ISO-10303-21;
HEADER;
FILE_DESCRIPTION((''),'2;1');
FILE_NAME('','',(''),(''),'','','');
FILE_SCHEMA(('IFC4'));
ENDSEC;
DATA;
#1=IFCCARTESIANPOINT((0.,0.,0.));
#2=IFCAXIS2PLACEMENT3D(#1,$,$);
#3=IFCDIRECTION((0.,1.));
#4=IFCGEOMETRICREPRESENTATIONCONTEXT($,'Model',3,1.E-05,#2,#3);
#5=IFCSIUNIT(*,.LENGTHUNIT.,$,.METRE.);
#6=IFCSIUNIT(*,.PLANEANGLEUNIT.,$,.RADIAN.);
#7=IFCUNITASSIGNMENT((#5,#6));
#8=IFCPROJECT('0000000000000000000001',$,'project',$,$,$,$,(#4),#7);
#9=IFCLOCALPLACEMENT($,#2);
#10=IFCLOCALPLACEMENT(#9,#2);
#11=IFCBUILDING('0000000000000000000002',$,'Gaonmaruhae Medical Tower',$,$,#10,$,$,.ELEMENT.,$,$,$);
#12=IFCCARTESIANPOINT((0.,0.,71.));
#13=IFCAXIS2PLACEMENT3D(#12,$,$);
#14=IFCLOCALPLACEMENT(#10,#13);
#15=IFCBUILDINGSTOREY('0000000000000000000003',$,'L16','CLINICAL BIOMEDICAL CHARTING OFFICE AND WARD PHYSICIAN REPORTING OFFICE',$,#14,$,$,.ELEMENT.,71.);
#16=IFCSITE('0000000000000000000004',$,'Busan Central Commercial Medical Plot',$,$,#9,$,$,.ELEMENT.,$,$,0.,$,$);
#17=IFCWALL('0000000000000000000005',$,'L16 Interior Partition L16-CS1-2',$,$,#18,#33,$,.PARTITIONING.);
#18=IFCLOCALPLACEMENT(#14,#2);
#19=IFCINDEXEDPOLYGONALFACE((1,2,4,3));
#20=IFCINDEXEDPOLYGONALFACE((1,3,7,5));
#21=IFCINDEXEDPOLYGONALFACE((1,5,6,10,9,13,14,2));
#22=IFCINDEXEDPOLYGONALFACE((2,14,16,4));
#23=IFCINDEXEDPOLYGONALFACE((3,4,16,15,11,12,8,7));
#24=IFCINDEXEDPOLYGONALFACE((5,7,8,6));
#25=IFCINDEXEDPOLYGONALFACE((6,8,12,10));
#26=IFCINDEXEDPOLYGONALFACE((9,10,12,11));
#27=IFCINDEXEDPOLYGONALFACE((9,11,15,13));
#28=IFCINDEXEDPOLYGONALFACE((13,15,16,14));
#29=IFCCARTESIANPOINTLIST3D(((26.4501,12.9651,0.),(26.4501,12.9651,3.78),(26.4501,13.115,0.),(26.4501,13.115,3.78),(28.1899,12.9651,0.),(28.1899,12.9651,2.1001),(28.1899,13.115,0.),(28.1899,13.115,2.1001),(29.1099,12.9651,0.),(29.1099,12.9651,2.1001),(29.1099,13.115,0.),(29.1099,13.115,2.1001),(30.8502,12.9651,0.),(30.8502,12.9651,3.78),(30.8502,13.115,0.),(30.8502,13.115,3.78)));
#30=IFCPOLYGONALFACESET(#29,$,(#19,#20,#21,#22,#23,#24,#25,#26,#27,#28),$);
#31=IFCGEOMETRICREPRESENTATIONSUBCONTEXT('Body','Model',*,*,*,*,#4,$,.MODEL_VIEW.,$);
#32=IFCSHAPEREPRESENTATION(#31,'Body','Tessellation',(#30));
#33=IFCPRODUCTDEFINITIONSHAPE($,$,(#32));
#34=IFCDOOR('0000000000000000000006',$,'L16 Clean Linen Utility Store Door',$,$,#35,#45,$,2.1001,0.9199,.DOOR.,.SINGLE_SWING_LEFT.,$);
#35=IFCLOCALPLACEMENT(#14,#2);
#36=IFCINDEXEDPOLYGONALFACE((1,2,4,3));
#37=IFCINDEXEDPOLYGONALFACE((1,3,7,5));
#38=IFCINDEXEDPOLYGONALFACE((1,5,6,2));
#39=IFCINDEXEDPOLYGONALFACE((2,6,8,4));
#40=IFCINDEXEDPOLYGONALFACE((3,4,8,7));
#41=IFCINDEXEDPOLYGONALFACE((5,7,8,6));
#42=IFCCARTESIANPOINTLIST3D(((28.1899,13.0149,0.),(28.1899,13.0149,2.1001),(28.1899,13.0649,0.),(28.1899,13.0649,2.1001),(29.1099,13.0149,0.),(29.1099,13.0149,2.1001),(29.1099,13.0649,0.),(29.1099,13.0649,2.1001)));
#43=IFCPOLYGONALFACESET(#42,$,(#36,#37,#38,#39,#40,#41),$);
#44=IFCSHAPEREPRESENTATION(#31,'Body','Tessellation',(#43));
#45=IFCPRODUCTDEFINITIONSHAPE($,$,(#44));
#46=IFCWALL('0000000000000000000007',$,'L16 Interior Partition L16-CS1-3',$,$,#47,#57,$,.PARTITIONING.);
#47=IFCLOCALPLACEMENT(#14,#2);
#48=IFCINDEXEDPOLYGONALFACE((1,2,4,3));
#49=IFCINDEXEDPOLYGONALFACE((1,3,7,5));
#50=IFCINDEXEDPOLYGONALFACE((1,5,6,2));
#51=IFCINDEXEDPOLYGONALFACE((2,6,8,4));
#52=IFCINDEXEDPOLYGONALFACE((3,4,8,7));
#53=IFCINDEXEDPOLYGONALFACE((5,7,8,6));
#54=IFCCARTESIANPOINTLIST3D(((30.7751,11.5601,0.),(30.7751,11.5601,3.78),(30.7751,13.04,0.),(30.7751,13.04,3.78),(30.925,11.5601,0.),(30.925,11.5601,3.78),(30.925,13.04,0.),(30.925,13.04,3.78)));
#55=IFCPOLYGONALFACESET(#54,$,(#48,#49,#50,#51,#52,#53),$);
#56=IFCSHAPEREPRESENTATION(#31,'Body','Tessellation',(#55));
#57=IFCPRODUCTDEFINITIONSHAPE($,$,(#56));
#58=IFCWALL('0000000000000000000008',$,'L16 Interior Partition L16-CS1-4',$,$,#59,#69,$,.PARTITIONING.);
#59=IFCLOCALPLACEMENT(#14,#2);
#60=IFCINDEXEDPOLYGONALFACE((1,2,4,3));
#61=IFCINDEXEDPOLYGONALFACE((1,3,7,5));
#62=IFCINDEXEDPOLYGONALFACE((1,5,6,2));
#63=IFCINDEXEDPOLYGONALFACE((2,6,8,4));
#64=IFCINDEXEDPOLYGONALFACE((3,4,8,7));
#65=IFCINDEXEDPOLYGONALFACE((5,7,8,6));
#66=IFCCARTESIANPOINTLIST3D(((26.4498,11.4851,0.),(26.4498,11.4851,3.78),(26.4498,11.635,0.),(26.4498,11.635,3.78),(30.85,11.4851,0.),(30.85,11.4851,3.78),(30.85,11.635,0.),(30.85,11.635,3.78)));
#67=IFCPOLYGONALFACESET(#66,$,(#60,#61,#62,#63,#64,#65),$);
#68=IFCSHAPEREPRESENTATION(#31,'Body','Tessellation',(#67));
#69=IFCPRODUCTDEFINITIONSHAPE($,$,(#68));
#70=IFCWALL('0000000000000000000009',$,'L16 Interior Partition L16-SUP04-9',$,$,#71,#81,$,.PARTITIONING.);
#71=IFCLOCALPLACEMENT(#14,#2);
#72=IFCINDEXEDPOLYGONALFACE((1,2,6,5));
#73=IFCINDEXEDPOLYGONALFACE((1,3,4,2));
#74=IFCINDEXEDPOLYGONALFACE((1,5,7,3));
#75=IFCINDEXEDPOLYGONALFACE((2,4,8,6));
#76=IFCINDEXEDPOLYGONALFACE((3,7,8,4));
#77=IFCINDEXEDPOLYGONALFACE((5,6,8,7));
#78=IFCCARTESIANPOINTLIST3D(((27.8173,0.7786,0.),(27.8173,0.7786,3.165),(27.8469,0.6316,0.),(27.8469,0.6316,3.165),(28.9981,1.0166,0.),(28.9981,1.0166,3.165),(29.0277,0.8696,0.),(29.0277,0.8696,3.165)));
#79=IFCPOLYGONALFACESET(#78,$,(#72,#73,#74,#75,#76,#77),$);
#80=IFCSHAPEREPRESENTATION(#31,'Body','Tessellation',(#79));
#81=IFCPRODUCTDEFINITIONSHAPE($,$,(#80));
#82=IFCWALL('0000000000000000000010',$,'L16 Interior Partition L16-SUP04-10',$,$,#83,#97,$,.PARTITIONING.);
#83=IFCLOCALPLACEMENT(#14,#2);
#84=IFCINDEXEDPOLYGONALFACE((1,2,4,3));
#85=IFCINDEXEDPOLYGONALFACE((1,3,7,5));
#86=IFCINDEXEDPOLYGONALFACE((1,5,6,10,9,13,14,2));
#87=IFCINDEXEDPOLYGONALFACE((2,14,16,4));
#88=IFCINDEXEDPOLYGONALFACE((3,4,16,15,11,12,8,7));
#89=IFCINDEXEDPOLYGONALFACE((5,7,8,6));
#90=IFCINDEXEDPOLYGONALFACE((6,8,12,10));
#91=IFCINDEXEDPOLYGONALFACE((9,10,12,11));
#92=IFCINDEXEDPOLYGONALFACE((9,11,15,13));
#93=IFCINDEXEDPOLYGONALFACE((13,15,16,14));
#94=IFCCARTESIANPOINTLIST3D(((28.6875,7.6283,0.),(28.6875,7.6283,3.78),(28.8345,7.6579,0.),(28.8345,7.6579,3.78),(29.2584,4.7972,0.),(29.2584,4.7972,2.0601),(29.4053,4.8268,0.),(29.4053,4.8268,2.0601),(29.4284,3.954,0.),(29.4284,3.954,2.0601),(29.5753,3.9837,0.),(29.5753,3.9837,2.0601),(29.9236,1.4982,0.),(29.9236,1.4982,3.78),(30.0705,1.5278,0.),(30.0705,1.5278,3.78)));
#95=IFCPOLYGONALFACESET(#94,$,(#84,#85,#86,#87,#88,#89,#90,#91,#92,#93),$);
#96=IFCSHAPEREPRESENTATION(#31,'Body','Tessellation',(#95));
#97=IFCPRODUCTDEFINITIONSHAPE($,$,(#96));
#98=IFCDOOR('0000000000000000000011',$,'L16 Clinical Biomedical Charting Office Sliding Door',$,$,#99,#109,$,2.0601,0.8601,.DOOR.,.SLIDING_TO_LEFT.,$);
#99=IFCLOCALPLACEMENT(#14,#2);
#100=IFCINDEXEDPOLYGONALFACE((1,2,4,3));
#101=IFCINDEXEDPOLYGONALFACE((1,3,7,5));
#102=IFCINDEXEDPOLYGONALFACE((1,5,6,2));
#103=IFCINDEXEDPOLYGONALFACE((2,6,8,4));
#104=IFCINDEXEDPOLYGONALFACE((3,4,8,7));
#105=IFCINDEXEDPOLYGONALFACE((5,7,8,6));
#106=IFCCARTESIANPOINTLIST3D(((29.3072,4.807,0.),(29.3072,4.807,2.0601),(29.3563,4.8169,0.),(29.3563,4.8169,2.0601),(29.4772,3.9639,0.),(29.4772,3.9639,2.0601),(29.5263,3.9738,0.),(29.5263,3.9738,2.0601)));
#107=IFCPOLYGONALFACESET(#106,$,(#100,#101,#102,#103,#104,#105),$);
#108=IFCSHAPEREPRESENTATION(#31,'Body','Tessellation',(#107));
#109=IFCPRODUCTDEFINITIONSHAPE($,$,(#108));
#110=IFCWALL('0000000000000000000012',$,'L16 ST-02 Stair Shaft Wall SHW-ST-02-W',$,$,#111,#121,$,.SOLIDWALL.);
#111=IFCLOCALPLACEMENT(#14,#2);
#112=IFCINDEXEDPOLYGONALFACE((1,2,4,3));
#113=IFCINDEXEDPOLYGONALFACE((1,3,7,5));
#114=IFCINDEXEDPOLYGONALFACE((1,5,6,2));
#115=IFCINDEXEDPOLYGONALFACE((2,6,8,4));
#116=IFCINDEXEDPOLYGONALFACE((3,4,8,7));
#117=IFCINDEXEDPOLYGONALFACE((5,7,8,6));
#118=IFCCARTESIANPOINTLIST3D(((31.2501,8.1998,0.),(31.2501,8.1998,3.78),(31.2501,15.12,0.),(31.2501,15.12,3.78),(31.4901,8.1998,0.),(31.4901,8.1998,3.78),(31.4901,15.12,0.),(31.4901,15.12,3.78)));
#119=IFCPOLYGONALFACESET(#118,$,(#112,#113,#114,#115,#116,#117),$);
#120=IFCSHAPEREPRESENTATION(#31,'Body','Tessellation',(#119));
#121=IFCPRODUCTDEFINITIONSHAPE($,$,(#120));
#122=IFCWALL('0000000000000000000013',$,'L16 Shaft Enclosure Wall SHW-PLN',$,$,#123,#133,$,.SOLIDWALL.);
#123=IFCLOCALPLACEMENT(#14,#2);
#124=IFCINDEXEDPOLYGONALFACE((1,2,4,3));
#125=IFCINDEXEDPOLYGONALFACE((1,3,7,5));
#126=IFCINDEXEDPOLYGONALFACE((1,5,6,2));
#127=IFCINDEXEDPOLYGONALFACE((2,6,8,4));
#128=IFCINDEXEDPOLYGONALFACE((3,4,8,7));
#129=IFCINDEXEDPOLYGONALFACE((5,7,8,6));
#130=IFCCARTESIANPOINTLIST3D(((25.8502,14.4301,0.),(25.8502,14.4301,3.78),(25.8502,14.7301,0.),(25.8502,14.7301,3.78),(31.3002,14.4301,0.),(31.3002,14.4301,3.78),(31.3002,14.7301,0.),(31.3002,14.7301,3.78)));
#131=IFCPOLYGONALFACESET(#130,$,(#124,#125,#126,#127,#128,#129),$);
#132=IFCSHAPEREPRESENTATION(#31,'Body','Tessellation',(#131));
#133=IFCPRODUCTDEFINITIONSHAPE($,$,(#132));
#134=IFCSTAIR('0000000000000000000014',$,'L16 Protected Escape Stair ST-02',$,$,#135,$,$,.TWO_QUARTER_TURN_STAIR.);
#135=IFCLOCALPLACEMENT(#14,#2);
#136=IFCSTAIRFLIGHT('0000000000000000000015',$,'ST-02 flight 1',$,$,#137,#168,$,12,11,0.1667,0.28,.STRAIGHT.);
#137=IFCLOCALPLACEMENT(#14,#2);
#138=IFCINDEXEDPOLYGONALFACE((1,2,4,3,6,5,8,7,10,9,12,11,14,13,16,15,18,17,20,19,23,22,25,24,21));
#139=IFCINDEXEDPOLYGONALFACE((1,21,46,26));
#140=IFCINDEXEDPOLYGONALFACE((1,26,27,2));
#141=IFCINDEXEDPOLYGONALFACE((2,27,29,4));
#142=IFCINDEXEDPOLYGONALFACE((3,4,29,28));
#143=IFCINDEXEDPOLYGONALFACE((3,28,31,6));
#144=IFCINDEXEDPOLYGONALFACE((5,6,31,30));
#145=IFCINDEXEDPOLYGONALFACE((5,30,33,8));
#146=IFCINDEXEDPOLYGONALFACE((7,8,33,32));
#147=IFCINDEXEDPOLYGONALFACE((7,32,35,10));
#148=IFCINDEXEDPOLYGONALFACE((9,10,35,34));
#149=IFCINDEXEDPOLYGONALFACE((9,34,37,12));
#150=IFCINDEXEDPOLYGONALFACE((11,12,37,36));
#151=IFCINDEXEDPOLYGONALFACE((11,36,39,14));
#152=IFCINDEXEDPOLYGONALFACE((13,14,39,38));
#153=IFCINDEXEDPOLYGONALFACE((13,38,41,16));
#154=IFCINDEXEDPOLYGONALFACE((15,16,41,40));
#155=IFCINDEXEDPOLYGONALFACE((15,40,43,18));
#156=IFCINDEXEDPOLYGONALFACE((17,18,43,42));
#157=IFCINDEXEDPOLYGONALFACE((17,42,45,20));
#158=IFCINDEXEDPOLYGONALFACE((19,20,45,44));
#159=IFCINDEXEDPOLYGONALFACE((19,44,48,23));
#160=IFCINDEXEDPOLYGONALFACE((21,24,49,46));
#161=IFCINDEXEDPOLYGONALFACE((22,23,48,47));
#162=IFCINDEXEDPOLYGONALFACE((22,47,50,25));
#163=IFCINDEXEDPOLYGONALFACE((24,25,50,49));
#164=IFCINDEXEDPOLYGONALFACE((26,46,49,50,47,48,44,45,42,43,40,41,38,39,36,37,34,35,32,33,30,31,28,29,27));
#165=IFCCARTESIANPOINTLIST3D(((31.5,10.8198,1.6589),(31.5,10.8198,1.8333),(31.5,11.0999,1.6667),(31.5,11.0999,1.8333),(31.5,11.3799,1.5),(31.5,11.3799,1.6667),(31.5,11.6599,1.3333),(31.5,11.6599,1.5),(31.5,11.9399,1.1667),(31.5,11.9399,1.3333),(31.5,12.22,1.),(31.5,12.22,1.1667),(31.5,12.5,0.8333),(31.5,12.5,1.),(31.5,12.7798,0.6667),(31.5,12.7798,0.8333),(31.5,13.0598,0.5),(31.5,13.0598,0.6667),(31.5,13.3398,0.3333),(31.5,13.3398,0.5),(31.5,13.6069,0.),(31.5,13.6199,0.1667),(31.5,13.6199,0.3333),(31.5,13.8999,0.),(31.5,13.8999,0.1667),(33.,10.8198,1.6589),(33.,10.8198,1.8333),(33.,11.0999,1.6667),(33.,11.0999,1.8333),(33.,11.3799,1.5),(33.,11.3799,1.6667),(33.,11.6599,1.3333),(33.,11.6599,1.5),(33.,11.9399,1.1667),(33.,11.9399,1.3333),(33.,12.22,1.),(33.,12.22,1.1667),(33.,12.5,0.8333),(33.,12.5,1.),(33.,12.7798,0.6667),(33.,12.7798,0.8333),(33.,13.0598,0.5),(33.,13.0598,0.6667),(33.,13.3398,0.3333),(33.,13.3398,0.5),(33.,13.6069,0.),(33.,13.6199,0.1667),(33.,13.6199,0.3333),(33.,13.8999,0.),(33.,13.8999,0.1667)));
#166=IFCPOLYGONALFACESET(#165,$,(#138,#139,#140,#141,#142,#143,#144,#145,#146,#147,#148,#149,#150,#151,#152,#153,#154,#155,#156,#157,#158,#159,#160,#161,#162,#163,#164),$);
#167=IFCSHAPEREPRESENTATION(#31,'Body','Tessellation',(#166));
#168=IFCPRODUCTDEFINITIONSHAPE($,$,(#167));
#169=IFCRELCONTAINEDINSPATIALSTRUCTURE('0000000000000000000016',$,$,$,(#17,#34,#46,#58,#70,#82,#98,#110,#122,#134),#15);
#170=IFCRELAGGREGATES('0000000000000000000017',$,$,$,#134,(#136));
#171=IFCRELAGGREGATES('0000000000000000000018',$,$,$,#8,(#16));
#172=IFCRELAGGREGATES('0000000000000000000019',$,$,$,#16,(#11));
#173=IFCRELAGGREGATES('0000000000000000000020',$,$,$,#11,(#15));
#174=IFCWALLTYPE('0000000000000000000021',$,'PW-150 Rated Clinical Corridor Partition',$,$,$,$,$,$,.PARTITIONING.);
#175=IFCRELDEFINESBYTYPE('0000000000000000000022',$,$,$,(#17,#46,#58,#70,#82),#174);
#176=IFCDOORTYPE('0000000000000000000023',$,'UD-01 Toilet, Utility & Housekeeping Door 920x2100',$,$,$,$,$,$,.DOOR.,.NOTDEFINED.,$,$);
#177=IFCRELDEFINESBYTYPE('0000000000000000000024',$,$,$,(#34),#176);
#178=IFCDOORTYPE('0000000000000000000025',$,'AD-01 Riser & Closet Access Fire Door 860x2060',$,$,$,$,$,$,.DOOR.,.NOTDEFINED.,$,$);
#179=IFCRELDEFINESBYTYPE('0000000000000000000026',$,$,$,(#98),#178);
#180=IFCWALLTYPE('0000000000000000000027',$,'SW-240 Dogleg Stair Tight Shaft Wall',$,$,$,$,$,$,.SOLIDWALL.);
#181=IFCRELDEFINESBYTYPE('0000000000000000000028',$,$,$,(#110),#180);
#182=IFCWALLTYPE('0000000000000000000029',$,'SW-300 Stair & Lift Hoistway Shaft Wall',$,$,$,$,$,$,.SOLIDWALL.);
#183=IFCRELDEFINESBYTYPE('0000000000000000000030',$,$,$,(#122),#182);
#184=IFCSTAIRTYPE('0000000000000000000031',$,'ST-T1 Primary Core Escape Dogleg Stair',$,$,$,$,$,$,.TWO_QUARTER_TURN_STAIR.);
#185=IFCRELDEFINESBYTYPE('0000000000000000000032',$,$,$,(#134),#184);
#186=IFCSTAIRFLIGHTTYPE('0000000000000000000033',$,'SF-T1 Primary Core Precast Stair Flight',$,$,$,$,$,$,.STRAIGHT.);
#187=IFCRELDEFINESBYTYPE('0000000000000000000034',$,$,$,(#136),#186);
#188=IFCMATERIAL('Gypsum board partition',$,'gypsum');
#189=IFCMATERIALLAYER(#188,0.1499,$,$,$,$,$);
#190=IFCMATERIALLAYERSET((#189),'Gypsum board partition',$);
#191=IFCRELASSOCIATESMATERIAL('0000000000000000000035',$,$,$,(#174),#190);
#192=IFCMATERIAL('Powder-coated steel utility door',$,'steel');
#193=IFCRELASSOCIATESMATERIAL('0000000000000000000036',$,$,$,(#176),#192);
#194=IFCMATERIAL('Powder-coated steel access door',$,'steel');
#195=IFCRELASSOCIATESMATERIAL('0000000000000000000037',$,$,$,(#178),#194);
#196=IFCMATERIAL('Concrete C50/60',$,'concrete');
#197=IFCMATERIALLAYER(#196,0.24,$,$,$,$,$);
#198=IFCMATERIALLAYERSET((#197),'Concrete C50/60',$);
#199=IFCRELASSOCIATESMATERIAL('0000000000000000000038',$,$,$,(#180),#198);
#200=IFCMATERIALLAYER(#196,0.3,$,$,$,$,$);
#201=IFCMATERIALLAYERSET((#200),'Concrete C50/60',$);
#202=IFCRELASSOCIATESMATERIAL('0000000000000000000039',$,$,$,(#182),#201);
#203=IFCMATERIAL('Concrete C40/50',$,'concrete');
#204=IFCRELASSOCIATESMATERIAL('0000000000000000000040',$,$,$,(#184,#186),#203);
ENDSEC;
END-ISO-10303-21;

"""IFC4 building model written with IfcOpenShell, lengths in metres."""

from ifc_helpers import new_model, si_unit, direction, frame, frame_2d, origin, place, context, subcontext, project, spatial, polyline, rectangle, outline, extrude, material, layer, layer_set, type_object, element, fill, aggregate, save


model = new_model("IFC4")

# Units and contexts
model_context = context("Model", 3, precision=1e-05, world=origin(), true_north=direction((0.0, 1.0)))
body_context = subcontext(model_context, "Body", "Model", "MODEL_VIEW")
ifc_project = project(units=[si_unit("LENGTHUNIT", "METRE"), si_unit("PLANEANGLEUNIT", "RADIAN")], contexts=[model_context])

# Site, building, storey
site_placement = place(None, origin())
site = spatial("IfcSite", under=ifc_project, at=site_placement, Name="Busan Central Commercial Medical Plot", CompositionType="ELEMENT", RefElevation=0.0)
building_placement = place(site_placement, origin())
building = spatial("IfcBuilding", under=site, at=building_placement, Name="Gaonmaruhae Medical Tower", CompositionType="ELEMENT")
storey_placement = place(building_placement, frame((0.0, 0.0, 71.0)))
storey = spatial("IfcBuildingStorey", under=building, at=storey_placement, Name="L16", Description="CLINICAL BIOMEDICAL CHARTING OFFICE AND WARD PHYSICIAN REPORTING OFFICE", CompositionType="ELEMENT", Elevation=71.0)

# Shared definitions
ifc_material_1 = material(Name="Gypsum board partition", Category="gypsum")
ifc_layer_1 = layer(ifc_material_1, 0.1499)
ifc_layer_set_1 = layer_set([ifc_layer_1], Name="Gypsum board partition")
wall_type_1 = type_object("IfcWallType", Name="PW-150 Rated Clinical Corridor Partition", PredefinedType="PARTITIONING", material=ifc_layer_set_1)

# Wall, opening, door
wall_1_placement = place(storey_placement, frame((26.45, 13.04, 0.0), z_axis=(0.0, 0.0, 1.0), x_axis=(1.0, 0.0, 0.0)))
wall_1 = element("IfcWall", 1, at=wall_1_placement, inside=storey, type_object=wall_type_1, Name="L16 Interior Partition L16-CS1-2", PredefinedType="PARTITIONING", context=body_context, shape_type="SweptSolid", body=[
    extrude(rectangle(XDim=4.4001, YDim=0.1499, at=frame_2d((2.2002, 0.0))), origin(), (0.0, 0.0, 1.0), 3.78),
])
opening_1_placement = place(wall_1_placement, frame((1.74, 0.0, 0.0)))
opening_1 = element("IfcOpeningElement", 2, at=opening_1_placement, cuts=wall_1, PredefinedType="OPENING", context=body_context, shape_type="SweptSolid", body=[
    extrude(rectangle(XDim=0.9199, YDim=2.1001, at=frame_2d((0.46, 1.05))), frame((0.0, 0.085, 0.0), z_axis=(0.0, -1.0, 0.0), x_axis=(1.0, 0.0, 0.0)), (0.0, 0.0, 1.0), 0.1699),
])
ifc_material_2 = material(Name="Powder-coated steel utility door", Category="steel")
door_type_1 = type_object("IfcDoorType", Name="UD-01 Toilet, Utility & Housekeeping Door 920x2100", OperationType="NOTDEFINED", PredefinedType="DOOR", material=ifc_material_2)
door_1_placement = place(opening_1_placement, origin())
door_1 = element("IfcDoor", 3, at=door_1_placement, inside=storey, type_object=door_type_1, Name="L16 Clean Linen Utility Store Door", OperationType="SINGLE_SWING_LEFT", OverallHeight=2.1001, OverallWidth=0.9199, PredefinedType="DOOR", context=body_context, shape_type="SweptSolid", body=[
    extrude(rectangle(XDim=0.9199, YDim=2.1001, at=frame_2d((0.46, 1.05))), frame((0.0, 0.0249, 0.0), z_axis=(0.0, -1.0, 0.0), x_axis=(1.0, 0.0, 0.0)), (0.0, 0.0, 1.0), 0.05),
])
fill(opening_1, door_1)

# Walls
wall_2_placement = place(storey_placement, frame((30.8501, 13.04, 0.0), z_axis=(0.0, 0.0, 1.0), x_axis=(0.0, -1.0, 0.0)))
element("IfcWall", 4, at=wall_2_placement, inside=storey, type_object=wall_type_1, Name="L16 Interior Partition L16-CS1-3", PredefinedType="PARTITIONING", context=body_context, shape_type="SweptSolid", body=[
    extrude(rectangle(XDim=1.48, YDim=0.1499, at=frame_2d((0.74, 0.0))), origin(), (0.0, 0.0, 1.0), 3.78),
])
wall_3_placement = place(storey_placement, frame((30.8501, 11.5601, 0.0), z_axis=(0.0, 0.0, 1.0), x_axis=(-1.0, 0.0, 0.0)))
element("IfcWall", 5, at=wall_3_placement, inside=storey, type_object=wall_type_1, Name="L16 Interior Partition L16-CS1-4", PredefinedType="PARTITIONING", context=body_context, shape_type="SweptSolid", body=[
    extrude(rectangle(XDim=4.4001, YDim=0.1499, at=frame_2d((2.2002, 0.0))), origin(), (0.0, 0.0, 1.0), 3.78),
])
wall_4_placement = place(storey_placement, frame((29.0129, 0.9431, 0.0), z_axis=(0.0, 0.0, 1.0), x_axis=(-0.980283, -0.197597, 0.0)))
element("IfcWall", 6, at=wall_4_placement, inside=storey, type_object=wall_type_1, Name="L16 Interior Partition L16-SUP04-9", PredefinedType="PARTITIONING", context=body_context, shape_type="SweptSolid", body=[
    extrude(rectangle(XDim=1.2046, YDim=0.1499, at=frame_2d((0.6023, 0.0))), origin(), (0.0, 0.0, 1.0), 3.165),
])

# Wall, opening, door
wall_5_placement = place(storey_placement, frame((28.761, 7.6431, 0.0), z_axis=(0.0, 0.0, 1.0), x_axis=(0.197662, -0.98027, 0.0)))
wall_5 = element("IfcWall", 7, at=wall_5_placement, inside=storey, type_object=wall_type_1, Name="L16 Interior Partition L16-SUP04-10", PredefinedType="PARTITIONING", context=body_context, shape_type="SweptSolid", body=[
    extrude(rectangle(XDim=6.2534, YDim=0.1499, at=frame_2d((3.1267, 0.0))), origin(), (0.0, 0.0, 1.0), 3.78),
])
opening_2_placement = place(wall_5_placement, frame((2.8879, 0.0, 0.0)))
opening_2 = element("IfcOpeningElement", 8, at=opening_2_placement, cuts=wall_5, PredefinedType="OPENING", context=body_context, shape_type="SweptSolid", body=[
    extrude(rectangle(XDim=0.8601, YDim=2.0601, at=frame_2d((0.4302, 1.03))), frame((0.0, 0.085, 0.0), z_axis=(0.0, -1.0, 0.0), x_axis=(1.0, 0.0, 0.0)), (0.0, 0.0, 1.0), 0.1699),
])
ifc_material_3 = material(Name="Powder-coated steel access door", Category="steel")
door_type_2 = type_object("IfcDoorType", Name="AD-01 Riser & Closet Access Fire Door 860x2060", OperationType="NOTDEFINED", PredefinedType="DOOR", material=ifc_material_3)
door_2_placement = place(opening_2_placement, origin())
door_2 = element("IfcDoor", 9, at=door_2_placement, inside=storey, type_object=door_type_2, Name="L16 Clinical Biomedical Charting Office Sliding Door", OperationType="SLIDING_TO_LEFT", OverallHeight=2.0601, OverallWidth=0.8601, PredefinedType="DOOR", context=body_context, shape_type="SweptSolid", body=[
    extrude(rectangle(XDim=0.8601, YDim=2.0601, at=frame_2d((0.4302, 1.03))), frame((0.0, 0.0249, 0.0), z_axis=(0.0, -1.0, 0.0), x_axis=(1.0, 0.0, 0.0)), (0.0, 0.0, 1.0), 0.05),
])
fill(opening_2, door_2)
ifc_material_4 = material(Name="Concrete C50/60", Category="concrete")
ifc_layer_2 = layer(ifc_material_4, 0.24)
ifc_layer_set_2 = layer_set([ifc_layer_2], Name="Concrete C50/60")
wall_type_2 = type_object("IfcWallType", Name="SW-240 Dogleg Stair Tight Shaft Wall", PredefinedType="SOLIDWALL", material=ifc_layer_set_2)

# Wall
wall_6_placement = place(storey_placement, frame((31.3701, 8.2, 0.0), z_axis=(0.0, 0.0, 1.0), x_axis=(0.0, 1.0, 0.0)))
element("IfcWall", 10, at=wall_6_placement, inside=storey, type_object=wall_type_2, Name="L16 ST-02 Stair Shaft Wall SHW-ST-02-W", PredefinedType="SOLIDWALL", context=body_context, shape_type="SweptSolid", body=[
    extrude(rectangle(XDim=6.9202, YDim=0.24, at=frame_2d((3.46, 0.0))), origin(), (0.0, 0.0, 1.0), 3.78),
])

# Shared definitions
ifc_layer_3 = layer(ifc_material_4, 0.3)
ifc_layer_set_3 = layer_set([ifc_layer_3], Name="Concrete C50/60")
wall_type_3 = type_object("IfcWallType", Name="SW-300 Stair & Lift Hoistway Shaft Wall", PredefinedType="SOLIDWALL", material=ifc_layer_set_3)

# Wall
wall_7_placement = place(storey_placement, frame((25.8501, 14.5801, 0.0), z_axis=(0.0, 0.0, 1.0), x_axis=(1.0, 0.0, 0.0)))
element("IfcWall", 11, at=wall_7_placement, inside=storey, type_object=wall_type_3, Name="L16 Shaft Enclosure Wall SHW-PLN", PredefinedType="SOLIDWALL", context=body_context, shape_type="SweptSolid", body=[
    extrude(rectangle(XDim=5.45, YDim=0.3, at=frame_2d((2.7251, 0.0))), origin(), (0.0, 0.0, 1.0), 3.78),
])

# Stair, stair flight
ifc_material_5 = material(Name="Concrete C40/50", Category="concrete")
stair_type = type_object("IfcStairType", Name="ST-T1 Primary Core Escape Dogleg Stair", PredefinedType="TWO_QUARTER_TURN_STAIR", material=ifc_material_5)
stair_placement = place(storey_placement, origin())
stair = element("IfcStair", 12, at=stair_placement, inside=storey, type_object=stair_type, Name="L16 Protected Escape Stair ST-02", PredefinedType="TWO_QUARTER_TURN_STAIR")
stair_flight_type = type_object("IfcStairFlightType", Name="SF-T1 Primary Core Precast Stair Flight", PredefinedType="STRAIGHT", material=ifc_material_5)
stair_flight_placement = place(storey_placement, frame((32.25, 13.8999, 0.0), z_axis=(0.0, 0.0, 1.0), x_axis=(0.0, -1.0, 0.0)))
stair_flight = element("IfcStairFlight", 13, at=stair_flight_placement, type_object=stair_flight_type, Name="ST-02 flight 1", NumberOfRisers=12, NumberOfTreads=11, PredefinedType="STRAIGHT", RiserHeight=0.1667, TreadLength=0.28, context=body_context, shape_type="SweptSolid", body=[
    extrude(outline(polyline([(0.0, 0.0), (0.0, 0.1667), (0.28, 0.1667), (0.28, 0.3333), (0.5601, 0.3333), (0.5601, 0.5), (0.8401, 0.5), (0.8401, 0.6667), (1.1201, 0.6667), (1.1201, 0.8333), (1.3999, 0.8333), (1.3999, 1.0), (1.6799, 1.0), (1.6799, 1.1667), (1.96, 1.1667), (1.96, 1.3333), (2.24, 1.3333), (2.24, 1.5), (2.52, 1.5), (2.52, 1.6667), (2.8, 1.6667), (2.8, 1.8333), (3.0801, 1.8333), (3.0801, 2.0), (3.0801, 1.6589), (0.293, 0.0), (0.0, 0.0)])), frame((0.0, 0.75, 0.0), z_axis=(0.0, -1.0, 0.0), x_axis=(1.0, 0.0, 0.0)), (0.0, 0.0, 1.0), 1.5),
])
aggregate(stair, [stair_flight])

save(model, "model.ifc")
